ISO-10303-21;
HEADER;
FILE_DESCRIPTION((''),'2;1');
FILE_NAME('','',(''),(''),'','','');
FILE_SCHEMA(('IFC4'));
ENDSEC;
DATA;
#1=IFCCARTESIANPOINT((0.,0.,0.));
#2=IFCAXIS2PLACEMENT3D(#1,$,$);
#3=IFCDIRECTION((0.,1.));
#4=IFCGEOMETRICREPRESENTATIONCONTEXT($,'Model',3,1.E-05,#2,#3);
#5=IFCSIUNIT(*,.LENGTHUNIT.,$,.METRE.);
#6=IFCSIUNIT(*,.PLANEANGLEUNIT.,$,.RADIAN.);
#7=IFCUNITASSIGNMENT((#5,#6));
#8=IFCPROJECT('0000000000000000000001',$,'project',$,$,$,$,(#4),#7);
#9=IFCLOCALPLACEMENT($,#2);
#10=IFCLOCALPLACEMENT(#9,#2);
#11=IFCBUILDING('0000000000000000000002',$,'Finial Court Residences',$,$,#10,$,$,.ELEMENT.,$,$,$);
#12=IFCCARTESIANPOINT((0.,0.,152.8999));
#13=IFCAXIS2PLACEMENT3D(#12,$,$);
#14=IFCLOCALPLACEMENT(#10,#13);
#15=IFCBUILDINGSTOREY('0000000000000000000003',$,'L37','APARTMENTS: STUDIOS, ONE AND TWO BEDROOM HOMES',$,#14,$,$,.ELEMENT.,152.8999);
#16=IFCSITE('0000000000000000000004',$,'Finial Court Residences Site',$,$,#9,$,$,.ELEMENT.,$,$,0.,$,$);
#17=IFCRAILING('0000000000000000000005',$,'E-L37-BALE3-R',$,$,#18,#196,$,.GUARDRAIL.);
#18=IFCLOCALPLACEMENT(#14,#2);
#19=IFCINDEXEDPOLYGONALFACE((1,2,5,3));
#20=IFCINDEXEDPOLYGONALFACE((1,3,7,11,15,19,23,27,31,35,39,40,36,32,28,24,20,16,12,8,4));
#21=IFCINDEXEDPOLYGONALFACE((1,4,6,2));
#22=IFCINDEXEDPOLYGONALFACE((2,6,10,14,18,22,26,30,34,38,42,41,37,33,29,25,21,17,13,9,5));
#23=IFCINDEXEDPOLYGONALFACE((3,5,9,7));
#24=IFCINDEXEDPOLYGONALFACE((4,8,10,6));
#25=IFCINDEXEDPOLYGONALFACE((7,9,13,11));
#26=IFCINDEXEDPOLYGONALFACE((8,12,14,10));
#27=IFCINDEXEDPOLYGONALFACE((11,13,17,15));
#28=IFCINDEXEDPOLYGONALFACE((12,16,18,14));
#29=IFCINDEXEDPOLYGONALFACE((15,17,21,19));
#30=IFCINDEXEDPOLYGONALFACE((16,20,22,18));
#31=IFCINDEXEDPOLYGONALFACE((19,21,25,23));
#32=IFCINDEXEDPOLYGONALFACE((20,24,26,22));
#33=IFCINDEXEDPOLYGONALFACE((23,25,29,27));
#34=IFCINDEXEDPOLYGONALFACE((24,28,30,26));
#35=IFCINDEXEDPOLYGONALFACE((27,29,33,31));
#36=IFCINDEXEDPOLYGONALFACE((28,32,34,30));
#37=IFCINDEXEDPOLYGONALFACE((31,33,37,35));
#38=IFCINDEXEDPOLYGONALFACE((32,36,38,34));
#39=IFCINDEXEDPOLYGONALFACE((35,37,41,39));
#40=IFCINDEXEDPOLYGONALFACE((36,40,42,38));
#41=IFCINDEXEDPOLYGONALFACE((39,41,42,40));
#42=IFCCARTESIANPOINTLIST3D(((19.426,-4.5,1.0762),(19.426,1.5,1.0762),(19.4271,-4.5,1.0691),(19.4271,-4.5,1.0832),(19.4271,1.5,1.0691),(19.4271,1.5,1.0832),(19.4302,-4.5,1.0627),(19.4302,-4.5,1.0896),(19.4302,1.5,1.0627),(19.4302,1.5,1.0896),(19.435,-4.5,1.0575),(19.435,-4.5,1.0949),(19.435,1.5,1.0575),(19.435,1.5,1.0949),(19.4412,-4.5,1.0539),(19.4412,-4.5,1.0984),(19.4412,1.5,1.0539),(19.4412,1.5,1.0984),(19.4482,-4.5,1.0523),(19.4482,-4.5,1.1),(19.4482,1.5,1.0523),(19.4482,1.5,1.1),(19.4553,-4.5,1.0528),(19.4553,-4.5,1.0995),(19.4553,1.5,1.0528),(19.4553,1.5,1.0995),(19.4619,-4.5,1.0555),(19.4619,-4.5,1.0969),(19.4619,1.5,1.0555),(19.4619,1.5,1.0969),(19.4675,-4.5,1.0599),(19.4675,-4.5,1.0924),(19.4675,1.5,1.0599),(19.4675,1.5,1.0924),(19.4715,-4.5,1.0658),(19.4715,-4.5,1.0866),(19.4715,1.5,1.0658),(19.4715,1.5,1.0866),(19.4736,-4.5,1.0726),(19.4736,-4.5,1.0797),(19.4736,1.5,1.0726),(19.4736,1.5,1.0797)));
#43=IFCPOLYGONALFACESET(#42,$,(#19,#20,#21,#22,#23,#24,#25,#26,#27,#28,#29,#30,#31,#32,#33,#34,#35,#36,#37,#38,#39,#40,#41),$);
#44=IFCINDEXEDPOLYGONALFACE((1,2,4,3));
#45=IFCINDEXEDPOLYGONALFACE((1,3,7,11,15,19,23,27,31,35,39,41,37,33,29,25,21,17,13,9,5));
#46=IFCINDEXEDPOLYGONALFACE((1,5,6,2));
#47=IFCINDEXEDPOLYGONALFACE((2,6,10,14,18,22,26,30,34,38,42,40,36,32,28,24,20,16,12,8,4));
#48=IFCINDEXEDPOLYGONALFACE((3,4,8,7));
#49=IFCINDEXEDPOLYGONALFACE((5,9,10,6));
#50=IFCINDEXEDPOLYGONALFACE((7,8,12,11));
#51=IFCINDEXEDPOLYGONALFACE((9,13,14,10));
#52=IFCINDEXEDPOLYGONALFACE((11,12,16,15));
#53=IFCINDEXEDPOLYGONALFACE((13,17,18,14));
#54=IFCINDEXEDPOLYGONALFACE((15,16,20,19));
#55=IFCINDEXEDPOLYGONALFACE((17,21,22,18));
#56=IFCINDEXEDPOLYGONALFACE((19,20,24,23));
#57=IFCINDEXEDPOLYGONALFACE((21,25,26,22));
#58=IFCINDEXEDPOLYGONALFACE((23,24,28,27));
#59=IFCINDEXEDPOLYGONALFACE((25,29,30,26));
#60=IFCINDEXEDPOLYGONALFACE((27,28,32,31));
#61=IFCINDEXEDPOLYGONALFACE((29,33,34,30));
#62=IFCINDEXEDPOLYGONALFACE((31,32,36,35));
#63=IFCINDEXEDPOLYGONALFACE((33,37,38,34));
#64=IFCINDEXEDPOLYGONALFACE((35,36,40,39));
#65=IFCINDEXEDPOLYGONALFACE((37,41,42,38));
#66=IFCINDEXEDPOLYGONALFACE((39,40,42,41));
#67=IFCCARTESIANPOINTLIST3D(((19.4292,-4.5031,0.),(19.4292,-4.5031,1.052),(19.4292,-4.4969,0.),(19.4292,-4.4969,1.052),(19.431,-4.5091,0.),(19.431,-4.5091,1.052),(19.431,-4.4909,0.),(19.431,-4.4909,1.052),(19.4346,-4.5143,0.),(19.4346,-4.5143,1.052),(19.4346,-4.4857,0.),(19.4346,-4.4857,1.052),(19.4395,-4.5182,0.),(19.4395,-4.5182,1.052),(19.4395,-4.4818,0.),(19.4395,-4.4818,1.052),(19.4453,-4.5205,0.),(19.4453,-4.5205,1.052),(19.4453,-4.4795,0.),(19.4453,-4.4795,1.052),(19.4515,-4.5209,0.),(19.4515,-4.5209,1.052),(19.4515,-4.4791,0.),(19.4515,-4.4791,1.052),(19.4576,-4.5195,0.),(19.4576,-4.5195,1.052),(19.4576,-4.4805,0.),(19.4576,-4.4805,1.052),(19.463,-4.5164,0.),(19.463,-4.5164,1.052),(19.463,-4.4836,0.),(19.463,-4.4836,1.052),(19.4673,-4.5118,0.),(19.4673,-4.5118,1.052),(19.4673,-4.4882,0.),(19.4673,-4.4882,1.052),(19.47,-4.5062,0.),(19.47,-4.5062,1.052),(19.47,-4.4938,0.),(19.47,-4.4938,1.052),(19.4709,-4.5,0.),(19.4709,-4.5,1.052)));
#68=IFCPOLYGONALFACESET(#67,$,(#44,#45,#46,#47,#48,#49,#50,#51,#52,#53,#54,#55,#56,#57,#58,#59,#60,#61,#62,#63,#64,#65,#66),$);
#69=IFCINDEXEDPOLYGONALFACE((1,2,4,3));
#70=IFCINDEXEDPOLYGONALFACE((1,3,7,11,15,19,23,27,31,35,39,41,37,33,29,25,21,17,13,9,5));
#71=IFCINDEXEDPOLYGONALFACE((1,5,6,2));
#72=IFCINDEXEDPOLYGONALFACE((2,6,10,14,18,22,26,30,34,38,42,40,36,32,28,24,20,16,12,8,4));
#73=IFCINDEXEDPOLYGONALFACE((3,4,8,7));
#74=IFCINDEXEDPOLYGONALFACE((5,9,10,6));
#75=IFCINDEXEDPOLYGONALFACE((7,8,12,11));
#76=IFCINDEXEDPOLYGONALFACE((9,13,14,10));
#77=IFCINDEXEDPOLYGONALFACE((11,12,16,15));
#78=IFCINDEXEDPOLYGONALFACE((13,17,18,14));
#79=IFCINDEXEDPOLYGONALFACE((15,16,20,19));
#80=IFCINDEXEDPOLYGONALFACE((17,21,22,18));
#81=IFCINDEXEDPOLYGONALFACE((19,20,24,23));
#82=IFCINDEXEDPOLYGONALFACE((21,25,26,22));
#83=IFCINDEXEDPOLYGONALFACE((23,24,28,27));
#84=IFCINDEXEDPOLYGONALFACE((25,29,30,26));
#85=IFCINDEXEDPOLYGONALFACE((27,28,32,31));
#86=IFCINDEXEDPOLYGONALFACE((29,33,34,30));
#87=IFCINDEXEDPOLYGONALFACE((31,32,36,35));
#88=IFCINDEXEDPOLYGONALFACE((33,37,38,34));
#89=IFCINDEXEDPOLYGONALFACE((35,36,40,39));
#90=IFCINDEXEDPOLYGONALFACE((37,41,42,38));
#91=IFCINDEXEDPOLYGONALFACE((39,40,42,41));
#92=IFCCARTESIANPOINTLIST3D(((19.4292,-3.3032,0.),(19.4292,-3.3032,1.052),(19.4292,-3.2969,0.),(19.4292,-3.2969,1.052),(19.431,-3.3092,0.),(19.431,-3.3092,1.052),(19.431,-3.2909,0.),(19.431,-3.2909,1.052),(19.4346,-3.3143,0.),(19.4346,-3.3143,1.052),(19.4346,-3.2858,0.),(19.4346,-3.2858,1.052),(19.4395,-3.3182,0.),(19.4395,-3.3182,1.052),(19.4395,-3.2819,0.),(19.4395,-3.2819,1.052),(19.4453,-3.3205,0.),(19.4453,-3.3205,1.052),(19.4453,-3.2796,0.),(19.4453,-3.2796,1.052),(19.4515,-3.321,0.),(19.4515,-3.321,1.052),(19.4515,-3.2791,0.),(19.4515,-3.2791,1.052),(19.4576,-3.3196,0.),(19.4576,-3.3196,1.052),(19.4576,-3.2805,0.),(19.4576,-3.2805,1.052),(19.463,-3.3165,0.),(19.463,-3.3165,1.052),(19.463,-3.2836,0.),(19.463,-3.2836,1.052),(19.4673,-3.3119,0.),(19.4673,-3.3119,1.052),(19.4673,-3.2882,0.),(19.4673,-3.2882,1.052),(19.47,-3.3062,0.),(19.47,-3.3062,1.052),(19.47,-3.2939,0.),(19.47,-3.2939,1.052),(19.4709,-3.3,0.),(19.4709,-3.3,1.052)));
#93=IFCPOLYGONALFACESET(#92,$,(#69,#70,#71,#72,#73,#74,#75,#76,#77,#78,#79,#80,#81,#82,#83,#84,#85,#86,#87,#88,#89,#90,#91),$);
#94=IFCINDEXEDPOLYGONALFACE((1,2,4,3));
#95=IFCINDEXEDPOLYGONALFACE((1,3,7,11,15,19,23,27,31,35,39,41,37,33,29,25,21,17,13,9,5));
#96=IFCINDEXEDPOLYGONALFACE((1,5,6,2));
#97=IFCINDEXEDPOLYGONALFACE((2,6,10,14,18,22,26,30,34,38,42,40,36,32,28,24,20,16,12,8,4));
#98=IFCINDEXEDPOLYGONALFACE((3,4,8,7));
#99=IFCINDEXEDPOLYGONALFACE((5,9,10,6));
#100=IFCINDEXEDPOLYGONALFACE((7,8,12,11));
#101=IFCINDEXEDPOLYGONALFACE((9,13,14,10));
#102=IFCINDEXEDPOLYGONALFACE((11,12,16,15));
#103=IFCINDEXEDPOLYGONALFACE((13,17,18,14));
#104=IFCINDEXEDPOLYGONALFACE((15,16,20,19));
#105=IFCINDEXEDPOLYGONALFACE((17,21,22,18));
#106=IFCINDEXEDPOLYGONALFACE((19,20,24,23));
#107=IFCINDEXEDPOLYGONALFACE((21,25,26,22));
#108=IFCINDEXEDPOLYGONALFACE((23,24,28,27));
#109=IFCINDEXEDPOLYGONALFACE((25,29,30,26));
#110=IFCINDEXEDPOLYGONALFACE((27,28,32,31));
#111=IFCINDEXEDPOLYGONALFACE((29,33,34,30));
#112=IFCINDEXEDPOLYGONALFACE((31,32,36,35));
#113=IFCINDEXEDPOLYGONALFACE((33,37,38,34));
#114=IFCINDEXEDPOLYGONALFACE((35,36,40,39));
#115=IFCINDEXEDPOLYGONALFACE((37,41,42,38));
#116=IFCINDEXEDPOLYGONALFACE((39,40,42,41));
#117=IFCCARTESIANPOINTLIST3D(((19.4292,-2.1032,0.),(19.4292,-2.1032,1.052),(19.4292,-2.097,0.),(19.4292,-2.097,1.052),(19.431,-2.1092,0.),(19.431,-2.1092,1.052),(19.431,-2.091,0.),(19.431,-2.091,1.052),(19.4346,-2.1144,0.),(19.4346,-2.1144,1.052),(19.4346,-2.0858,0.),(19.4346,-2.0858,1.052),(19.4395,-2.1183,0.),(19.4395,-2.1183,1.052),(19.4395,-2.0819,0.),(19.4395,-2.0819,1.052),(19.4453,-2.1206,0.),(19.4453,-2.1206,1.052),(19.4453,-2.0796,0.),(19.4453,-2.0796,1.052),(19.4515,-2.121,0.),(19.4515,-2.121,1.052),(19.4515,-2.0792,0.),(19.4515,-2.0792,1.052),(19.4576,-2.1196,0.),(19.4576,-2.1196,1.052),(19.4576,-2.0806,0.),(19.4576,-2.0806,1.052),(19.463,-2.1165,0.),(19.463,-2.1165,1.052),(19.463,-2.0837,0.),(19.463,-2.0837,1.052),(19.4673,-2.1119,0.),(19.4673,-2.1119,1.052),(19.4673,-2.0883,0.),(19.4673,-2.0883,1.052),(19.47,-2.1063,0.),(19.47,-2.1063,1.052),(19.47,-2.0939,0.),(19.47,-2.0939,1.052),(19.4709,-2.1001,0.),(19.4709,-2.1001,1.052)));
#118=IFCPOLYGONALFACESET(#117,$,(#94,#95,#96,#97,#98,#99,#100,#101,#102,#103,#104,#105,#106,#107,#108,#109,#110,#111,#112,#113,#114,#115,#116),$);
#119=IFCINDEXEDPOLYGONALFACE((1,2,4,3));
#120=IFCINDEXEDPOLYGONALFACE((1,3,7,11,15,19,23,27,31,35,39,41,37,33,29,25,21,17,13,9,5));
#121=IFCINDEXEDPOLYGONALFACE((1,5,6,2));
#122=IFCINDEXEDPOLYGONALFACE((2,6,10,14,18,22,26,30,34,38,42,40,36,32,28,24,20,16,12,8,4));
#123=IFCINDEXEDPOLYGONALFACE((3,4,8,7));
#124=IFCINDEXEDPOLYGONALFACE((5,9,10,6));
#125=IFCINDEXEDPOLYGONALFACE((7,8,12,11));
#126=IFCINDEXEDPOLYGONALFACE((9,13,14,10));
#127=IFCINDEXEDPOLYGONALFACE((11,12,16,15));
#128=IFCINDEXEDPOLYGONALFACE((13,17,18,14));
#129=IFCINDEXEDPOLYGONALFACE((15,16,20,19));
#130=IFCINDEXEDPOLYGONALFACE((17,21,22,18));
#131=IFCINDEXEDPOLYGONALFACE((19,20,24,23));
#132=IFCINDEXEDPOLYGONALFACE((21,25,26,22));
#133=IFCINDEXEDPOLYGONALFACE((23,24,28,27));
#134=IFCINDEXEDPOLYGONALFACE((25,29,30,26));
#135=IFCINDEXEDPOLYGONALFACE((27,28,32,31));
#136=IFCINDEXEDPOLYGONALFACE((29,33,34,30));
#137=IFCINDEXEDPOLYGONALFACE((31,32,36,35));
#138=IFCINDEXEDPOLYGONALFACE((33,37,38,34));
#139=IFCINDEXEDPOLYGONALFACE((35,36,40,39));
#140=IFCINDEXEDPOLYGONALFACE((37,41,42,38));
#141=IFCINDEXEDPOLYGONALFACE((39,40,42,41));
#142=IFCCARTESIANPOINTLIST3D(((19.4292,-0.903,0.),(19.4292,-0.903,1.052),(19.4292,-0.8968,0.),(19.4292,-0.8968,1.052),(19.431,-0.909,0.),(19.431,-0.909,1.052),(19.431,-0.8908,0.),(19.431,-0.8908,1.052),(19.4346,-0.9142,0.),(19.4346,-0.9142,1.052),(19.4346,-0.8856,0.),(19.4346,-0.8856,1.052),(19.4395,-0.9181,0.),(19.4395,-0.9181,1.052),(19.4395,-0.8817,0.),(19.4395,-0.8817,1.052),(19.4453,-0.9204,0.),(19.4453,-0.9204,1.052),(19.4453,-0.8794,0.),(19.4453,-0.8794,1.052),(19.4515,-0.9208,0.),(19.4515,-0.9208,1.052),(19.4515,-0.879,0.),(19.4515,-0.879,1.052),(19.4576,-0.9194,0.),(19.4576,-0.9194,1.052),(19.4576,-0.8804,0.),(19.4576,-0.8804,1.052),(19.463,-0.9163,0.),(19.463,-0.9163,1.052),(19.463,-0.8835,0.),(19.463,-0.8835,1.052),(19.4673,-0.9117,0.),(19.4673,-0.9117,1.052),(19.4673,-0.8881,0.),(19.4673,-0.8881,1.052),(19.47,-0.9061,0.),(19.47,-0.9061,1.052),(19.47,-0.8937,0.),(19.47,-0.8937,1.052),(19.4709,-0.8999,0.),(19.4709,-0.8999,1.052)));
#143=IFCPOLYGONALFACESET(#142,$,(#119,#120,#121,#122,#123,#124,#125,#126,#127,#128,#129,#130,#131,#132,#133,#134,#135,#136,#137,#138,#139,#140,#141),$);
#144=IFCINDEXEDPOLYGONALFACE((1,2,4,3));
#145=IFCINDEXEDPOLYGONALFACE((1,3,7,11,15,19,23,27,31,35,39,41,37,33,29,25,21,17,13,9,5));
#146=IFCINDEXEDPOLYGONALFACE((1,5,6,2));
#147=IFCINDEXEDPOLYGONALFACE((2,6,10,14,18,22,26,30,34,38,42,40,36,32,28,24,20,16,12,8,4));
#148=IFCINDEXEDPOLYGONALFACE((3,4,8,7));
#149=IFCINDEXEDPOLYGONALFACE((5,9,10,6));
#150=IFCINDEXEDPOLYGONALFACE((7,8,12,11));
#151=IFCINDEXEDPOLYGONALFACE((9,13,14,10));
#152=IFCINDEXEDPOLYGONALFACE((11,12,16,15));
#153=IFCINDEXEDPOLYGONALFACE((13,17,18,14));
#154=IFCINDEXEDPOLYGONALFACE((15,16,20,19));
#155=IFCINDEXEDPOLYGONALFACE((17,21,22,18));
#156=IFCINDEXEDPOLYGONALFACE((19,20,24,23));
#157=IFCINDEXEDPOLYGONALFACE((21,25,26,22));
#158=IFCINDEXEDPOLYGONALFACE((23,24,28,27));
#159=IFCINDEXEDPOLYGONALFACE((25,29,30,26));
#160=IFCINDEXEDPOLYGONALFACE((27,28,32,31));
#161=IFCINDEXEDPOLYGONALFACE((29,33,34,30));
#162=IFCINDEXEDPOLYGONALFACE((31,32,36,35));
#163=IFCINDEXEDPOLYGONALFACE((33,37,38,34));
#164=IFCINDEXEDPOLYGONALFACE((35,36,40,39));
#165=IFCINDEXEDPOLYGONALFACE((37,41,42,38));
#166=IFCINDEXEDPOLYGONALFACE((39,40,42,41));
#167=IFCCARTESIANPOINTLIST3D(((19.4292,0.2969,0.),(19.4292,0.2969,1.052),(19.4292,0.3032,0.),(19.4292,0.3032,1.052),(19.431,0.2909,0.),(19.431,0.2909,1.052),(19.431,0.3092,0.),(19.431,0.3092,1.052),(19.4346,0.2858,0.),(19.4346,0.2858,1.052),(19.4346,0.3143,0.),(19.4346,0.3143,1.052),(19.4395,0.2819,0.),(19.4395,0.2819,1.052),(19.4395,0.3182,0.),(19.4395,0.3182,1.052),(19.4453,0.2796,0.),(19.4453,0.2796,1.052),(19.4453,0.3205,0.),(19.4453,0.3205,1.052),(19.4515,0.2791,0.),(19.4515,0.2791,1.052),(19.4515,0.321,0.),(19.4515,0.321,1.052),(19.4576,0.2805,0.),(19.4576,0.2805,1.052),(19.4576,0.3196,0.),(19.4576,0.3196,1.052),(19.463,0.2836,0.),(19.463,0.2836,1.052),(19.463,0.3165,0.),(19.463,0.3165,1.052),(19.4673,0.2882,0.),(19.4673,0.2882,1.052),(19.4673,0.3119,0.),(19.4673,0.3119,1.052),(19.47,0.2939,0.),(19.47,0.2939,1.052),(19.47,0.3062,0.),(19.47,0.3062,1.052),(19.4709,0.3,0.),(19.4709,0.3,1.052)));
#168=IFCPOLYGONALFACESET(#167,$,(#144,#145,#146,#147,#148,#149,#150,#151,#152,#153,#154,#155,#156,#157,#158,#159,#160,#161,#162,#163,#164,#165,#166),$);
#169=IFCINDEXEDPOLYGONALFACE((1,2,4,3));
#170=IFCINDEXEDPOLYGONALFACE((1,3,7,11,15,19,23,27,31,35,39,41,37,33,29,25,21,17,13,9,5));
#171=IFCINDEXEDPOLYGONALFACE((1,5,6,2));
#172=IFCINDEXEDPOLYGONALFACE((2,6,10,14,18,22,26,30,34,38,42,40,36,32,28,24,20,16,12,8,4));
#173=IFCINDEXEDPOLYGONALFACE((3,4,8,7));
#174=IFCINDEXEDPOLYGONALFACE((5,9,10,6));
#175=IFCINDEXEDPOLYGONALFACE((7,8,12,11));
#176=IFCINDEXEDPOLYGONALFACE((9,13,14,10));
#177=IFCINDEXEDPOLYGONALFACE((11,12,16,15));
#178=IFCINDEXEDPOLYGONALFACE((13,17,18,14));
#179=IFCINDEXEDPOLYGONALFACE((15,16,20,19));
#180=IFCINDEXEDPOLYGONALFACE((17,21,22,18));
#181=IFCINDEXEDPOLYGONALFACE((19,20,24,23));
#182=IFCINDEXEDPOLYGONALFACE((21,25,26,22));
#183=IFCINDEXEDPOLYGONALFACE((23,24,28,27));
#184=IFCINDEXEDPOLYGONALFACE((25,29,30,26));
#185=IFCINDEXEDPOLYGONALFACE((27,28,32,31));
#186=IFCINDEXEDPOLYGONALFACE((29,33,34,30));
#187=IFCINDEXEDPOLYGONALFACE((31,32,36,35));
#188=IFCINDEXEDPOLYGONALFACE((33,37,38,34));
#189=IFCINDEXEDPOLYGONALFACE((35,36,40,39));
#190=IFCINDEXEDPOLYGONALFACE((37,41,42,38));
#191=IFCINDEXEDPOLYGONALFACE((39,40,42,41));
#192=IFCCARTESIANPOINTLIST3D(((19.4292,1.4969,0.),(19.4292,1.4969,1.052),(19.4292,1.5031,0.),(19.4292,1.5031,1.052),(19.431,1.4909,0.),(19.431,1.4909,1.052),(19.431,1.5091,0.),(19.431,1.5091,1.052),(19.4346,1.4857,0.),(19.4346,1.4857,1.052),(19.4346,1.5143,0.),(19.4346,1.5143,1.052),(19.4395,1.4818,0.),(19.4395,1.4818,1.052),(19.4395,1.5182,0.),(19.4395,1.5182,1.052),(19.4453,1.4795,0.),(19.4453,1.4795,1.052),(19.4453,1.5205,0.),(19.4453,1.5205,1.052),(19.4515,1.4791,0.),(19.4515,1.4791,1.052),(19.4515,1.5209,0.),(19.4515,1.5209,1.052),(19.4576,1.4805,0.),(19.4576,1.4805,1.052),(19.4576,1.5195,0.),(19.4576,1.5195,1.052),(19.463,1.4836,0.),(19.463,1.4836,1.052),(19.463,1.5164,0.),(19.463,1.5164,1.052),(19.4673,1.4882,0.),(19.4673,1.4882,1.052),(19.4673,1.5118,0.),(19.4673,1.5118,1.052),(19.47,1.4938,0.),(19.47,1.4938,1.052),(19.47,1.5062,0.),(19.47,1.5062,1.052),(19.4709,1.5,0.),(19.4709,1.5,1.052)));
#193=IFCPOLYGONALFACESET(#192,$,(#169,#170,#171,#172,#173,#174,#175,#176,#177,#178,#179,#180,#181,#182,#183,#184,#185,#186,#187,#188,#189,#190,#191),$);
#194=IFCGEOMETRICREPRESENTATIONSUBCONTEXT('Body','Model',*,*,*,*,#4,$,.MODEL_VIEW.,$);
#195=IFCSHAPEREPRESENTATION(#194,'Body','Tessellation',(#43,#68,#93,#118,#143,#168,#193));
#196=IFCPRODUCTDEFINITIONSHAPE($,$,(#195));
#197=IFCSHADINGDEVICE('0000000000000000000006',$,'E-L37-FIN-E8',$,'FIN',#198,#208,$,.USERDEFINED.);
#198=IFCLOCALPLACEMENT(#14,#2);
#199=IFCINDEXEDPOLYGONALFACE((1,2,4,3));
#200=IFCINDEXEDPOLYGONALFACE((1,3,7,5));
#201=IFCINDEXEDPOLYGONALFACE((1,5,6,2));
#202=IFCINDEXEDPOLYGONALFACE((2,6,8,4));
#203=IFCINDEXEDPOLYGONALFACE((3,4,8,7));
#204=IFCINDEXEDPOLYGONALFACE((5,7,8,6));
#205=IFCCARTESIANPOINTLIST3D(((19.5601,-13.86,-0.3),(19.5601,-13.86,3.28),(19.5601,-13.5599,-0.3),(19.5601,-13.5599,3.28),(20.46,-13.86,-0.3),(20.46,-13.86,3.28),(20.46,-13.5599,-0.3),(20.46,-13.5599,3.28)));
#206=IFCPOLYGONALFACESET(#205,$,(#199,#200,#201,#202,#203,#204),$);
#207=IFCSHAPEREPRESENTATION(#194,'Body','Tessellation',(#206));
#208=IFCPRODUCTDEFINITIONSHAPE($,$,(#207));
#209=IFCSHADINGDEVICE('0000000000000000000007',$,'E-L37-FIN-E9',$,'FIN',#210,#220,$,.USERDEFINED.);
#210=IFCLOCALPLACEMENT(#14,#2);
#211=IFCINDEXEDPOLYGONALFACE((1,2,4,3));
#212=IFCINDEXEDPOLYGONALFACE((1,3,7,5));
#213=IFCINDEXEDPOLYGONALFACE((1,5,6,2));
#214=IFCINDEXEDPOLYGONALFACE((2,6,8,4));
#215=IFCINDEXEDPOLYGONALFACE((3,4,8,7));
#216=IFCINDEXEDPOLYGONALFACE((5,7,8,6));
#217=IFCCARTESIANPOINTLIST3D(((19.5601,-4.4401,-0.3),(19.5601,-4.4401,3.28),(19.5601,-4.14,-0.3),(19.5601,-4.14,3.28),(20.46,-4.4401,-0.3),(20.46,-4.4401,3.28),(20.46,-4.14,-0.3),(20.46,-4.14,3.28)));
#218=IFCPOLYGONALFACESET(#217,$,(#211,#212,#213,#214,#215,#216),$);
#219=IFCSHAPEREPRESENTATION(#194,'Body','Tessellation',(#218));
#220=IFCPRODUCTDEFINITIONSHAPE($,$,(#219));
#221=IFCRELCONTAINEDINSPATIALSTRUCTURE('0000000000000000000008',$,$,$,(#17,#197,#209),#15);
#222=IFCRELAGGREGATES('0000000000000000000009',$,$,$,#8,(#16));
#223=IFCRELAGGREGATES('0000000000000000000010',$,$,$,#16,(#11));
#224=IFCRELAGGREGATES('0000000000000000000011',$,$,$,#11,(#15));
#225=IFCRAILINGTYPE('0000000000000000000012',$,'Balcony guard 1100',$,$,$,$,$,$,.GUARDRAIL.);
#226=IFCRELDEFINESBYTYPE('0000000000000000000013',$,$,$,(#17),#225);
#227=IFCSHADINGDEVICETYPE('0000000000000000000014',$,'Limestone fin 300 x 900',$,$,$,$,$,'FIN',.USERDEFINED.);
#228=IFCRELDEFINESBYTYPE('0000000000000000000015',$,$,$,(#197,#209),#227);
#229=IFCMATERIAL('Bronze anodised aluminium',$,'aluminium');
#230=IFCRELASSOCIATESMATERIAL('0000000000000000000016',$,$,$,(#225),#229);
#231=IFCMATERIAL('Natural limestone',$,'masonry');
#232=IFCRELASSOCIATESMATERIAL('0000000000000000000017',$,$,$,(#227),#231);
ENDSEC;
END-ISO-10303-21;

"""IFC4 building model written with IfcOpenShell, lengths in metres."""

from ifc_helpers import new_model, si_unit, direction, frame, origin, origin_2d, place, context, subcontext, project, spatial, rectangle, circle, extrude, material, type_object, element, save


model = new_model("IFC4")

# Units and contexts
model_context = context("Model", 3, precision=1e-05, world=origin(), true_north=direction((0.0, 1.0)))
body_context = subcontext(model_context, "Body", "Model", "MODEL_VIEW")
ifc_project = project(units=[si_unit("LENGTHUNIT", "METRE"), si_unit("PLANEANGLEUNIT", "RADIAN")], contexts=[model_context])

# Site, building, storey
site_placement = place(None, origin())
site = spatial("IfcSite", under=ifc_project, at=site_placement, Name="Finial Court Residences Site", CompositionType="ELEMENT", RefElevation=0.0)
building_placement = place(site_placement, origin())
building = spatial("IfcBuilding", under=site, at=building_placement, Name="Finial Court Residences", CompositionType="ELEMENT")
storey_placement = place(building_placement, frame((0.0, 0.0, 152.8999)))
storey = spatial("IfcBuildingStorey", under=building, at=storey_placement, Name="L37", Description="APARTMENTS: STUDIOS, ONE AND TWO BEDROOM HOMES", CompositionType="ELEMENT", Elevation=152.8999)

# Shared definitions
ifc_material_1 = material(Name="Bronze anodised aluminium", Category="aluminium")

# Shared definitions
ifc_material_2 = material(Name="Natural limestone", Category="masonry")

# Railing
railing_type = type_object("IfcRailingType", Name="Balcony guard 1100", PredefinedType="GUARDRAIL", material=ifc_material_1)
railing_placement = place(storey_placement, frame((19.45, -4.5, 0.0)))
element("IfcRailing", 1, at=railing_placement, inside=storey, type_object=railing_type, Name="E-L37-BALE3-R", PredefinedType="GUARDRAIL", context=body_context, shape_type="SweptSolid", body=[
    extrude(circle(Radius=0.0239, at=origin_2d()), frame((0.0, 0.0, 1.0762), z_axis=(0.0, 1.0, 0.0), x_axis=(-1.0, 0.0, 0.0)), (0.0, 0.0, 1.0), 6.0),
    extrude(circle(Radius=0.021, at=origin_2d()), origin(), (0.0, 0.0, 1.0), 1.052),
    extrude(circle(Radius=0.021, at=origin_2d()), frame((0.0, 1.2, 0.0)), (0.0, 0.0, 1.0), 1.052),
    extrude(circle(Radius=0.021, at=origin_2d()), frame((0.0, 2.3999, 0.0)), (0.0, 0.0, 1.0), 1.052),
    extrude(circle(Radius=0.021, at=origin_2d()), frame((0.0, 3.6001, 0.0)), (0.0, 0.0, 1.0), 1.052),
    extrude(circle(Radius=0.021, at=origin_2d()), frame((0.0, 4.8, 0.0)), (0.0, 0.0, 1.0), 1.052),
    extrude(circle(Radius=0.021, at=origin_2d()), frame((0.0, 6.0, 0.0)), (0.0, 0.0, 1.0), 1.052),
])

# Shading devices
shading_device_type = type_object("IfcShadingDeviceType", Name="Limestone fin 300 x 900", ElementType="FIN", PredefinedType="USERDEFINED", material=ifc_material_2)
for number, where, z_axis, x_axis, name in (
    (2, (20.01, -13.71, -0.3), (0.0, 0.0, 1.0), (1.0, 0.0, 0.0), "E-L37-FIN-E8"),
    (3, (20.01, -4.29, -0.3), (0.0, 0.0, 1.0), (1.0, 0.0, 0.0), "E-L37-FIN-E9"),
):
    element("IfcShadingDevice", number, at=place(storey_placement, frame(where, z_axis=z_axis, x_axis=x_axis)), inside=storey, type_object=shading_device_type, Name=name, ObjectType="FIN", PredefinedType="USERDEFINED", context=body_context, shape_type="SweptSolid", body=[
        extrude(rectangle(XDim=0.8999, YDim=0.3, at=origin_2d()), origin(), (0.0, 0.0, 1.0), 3.5801),
    ])

save(model, "model.ifc")
